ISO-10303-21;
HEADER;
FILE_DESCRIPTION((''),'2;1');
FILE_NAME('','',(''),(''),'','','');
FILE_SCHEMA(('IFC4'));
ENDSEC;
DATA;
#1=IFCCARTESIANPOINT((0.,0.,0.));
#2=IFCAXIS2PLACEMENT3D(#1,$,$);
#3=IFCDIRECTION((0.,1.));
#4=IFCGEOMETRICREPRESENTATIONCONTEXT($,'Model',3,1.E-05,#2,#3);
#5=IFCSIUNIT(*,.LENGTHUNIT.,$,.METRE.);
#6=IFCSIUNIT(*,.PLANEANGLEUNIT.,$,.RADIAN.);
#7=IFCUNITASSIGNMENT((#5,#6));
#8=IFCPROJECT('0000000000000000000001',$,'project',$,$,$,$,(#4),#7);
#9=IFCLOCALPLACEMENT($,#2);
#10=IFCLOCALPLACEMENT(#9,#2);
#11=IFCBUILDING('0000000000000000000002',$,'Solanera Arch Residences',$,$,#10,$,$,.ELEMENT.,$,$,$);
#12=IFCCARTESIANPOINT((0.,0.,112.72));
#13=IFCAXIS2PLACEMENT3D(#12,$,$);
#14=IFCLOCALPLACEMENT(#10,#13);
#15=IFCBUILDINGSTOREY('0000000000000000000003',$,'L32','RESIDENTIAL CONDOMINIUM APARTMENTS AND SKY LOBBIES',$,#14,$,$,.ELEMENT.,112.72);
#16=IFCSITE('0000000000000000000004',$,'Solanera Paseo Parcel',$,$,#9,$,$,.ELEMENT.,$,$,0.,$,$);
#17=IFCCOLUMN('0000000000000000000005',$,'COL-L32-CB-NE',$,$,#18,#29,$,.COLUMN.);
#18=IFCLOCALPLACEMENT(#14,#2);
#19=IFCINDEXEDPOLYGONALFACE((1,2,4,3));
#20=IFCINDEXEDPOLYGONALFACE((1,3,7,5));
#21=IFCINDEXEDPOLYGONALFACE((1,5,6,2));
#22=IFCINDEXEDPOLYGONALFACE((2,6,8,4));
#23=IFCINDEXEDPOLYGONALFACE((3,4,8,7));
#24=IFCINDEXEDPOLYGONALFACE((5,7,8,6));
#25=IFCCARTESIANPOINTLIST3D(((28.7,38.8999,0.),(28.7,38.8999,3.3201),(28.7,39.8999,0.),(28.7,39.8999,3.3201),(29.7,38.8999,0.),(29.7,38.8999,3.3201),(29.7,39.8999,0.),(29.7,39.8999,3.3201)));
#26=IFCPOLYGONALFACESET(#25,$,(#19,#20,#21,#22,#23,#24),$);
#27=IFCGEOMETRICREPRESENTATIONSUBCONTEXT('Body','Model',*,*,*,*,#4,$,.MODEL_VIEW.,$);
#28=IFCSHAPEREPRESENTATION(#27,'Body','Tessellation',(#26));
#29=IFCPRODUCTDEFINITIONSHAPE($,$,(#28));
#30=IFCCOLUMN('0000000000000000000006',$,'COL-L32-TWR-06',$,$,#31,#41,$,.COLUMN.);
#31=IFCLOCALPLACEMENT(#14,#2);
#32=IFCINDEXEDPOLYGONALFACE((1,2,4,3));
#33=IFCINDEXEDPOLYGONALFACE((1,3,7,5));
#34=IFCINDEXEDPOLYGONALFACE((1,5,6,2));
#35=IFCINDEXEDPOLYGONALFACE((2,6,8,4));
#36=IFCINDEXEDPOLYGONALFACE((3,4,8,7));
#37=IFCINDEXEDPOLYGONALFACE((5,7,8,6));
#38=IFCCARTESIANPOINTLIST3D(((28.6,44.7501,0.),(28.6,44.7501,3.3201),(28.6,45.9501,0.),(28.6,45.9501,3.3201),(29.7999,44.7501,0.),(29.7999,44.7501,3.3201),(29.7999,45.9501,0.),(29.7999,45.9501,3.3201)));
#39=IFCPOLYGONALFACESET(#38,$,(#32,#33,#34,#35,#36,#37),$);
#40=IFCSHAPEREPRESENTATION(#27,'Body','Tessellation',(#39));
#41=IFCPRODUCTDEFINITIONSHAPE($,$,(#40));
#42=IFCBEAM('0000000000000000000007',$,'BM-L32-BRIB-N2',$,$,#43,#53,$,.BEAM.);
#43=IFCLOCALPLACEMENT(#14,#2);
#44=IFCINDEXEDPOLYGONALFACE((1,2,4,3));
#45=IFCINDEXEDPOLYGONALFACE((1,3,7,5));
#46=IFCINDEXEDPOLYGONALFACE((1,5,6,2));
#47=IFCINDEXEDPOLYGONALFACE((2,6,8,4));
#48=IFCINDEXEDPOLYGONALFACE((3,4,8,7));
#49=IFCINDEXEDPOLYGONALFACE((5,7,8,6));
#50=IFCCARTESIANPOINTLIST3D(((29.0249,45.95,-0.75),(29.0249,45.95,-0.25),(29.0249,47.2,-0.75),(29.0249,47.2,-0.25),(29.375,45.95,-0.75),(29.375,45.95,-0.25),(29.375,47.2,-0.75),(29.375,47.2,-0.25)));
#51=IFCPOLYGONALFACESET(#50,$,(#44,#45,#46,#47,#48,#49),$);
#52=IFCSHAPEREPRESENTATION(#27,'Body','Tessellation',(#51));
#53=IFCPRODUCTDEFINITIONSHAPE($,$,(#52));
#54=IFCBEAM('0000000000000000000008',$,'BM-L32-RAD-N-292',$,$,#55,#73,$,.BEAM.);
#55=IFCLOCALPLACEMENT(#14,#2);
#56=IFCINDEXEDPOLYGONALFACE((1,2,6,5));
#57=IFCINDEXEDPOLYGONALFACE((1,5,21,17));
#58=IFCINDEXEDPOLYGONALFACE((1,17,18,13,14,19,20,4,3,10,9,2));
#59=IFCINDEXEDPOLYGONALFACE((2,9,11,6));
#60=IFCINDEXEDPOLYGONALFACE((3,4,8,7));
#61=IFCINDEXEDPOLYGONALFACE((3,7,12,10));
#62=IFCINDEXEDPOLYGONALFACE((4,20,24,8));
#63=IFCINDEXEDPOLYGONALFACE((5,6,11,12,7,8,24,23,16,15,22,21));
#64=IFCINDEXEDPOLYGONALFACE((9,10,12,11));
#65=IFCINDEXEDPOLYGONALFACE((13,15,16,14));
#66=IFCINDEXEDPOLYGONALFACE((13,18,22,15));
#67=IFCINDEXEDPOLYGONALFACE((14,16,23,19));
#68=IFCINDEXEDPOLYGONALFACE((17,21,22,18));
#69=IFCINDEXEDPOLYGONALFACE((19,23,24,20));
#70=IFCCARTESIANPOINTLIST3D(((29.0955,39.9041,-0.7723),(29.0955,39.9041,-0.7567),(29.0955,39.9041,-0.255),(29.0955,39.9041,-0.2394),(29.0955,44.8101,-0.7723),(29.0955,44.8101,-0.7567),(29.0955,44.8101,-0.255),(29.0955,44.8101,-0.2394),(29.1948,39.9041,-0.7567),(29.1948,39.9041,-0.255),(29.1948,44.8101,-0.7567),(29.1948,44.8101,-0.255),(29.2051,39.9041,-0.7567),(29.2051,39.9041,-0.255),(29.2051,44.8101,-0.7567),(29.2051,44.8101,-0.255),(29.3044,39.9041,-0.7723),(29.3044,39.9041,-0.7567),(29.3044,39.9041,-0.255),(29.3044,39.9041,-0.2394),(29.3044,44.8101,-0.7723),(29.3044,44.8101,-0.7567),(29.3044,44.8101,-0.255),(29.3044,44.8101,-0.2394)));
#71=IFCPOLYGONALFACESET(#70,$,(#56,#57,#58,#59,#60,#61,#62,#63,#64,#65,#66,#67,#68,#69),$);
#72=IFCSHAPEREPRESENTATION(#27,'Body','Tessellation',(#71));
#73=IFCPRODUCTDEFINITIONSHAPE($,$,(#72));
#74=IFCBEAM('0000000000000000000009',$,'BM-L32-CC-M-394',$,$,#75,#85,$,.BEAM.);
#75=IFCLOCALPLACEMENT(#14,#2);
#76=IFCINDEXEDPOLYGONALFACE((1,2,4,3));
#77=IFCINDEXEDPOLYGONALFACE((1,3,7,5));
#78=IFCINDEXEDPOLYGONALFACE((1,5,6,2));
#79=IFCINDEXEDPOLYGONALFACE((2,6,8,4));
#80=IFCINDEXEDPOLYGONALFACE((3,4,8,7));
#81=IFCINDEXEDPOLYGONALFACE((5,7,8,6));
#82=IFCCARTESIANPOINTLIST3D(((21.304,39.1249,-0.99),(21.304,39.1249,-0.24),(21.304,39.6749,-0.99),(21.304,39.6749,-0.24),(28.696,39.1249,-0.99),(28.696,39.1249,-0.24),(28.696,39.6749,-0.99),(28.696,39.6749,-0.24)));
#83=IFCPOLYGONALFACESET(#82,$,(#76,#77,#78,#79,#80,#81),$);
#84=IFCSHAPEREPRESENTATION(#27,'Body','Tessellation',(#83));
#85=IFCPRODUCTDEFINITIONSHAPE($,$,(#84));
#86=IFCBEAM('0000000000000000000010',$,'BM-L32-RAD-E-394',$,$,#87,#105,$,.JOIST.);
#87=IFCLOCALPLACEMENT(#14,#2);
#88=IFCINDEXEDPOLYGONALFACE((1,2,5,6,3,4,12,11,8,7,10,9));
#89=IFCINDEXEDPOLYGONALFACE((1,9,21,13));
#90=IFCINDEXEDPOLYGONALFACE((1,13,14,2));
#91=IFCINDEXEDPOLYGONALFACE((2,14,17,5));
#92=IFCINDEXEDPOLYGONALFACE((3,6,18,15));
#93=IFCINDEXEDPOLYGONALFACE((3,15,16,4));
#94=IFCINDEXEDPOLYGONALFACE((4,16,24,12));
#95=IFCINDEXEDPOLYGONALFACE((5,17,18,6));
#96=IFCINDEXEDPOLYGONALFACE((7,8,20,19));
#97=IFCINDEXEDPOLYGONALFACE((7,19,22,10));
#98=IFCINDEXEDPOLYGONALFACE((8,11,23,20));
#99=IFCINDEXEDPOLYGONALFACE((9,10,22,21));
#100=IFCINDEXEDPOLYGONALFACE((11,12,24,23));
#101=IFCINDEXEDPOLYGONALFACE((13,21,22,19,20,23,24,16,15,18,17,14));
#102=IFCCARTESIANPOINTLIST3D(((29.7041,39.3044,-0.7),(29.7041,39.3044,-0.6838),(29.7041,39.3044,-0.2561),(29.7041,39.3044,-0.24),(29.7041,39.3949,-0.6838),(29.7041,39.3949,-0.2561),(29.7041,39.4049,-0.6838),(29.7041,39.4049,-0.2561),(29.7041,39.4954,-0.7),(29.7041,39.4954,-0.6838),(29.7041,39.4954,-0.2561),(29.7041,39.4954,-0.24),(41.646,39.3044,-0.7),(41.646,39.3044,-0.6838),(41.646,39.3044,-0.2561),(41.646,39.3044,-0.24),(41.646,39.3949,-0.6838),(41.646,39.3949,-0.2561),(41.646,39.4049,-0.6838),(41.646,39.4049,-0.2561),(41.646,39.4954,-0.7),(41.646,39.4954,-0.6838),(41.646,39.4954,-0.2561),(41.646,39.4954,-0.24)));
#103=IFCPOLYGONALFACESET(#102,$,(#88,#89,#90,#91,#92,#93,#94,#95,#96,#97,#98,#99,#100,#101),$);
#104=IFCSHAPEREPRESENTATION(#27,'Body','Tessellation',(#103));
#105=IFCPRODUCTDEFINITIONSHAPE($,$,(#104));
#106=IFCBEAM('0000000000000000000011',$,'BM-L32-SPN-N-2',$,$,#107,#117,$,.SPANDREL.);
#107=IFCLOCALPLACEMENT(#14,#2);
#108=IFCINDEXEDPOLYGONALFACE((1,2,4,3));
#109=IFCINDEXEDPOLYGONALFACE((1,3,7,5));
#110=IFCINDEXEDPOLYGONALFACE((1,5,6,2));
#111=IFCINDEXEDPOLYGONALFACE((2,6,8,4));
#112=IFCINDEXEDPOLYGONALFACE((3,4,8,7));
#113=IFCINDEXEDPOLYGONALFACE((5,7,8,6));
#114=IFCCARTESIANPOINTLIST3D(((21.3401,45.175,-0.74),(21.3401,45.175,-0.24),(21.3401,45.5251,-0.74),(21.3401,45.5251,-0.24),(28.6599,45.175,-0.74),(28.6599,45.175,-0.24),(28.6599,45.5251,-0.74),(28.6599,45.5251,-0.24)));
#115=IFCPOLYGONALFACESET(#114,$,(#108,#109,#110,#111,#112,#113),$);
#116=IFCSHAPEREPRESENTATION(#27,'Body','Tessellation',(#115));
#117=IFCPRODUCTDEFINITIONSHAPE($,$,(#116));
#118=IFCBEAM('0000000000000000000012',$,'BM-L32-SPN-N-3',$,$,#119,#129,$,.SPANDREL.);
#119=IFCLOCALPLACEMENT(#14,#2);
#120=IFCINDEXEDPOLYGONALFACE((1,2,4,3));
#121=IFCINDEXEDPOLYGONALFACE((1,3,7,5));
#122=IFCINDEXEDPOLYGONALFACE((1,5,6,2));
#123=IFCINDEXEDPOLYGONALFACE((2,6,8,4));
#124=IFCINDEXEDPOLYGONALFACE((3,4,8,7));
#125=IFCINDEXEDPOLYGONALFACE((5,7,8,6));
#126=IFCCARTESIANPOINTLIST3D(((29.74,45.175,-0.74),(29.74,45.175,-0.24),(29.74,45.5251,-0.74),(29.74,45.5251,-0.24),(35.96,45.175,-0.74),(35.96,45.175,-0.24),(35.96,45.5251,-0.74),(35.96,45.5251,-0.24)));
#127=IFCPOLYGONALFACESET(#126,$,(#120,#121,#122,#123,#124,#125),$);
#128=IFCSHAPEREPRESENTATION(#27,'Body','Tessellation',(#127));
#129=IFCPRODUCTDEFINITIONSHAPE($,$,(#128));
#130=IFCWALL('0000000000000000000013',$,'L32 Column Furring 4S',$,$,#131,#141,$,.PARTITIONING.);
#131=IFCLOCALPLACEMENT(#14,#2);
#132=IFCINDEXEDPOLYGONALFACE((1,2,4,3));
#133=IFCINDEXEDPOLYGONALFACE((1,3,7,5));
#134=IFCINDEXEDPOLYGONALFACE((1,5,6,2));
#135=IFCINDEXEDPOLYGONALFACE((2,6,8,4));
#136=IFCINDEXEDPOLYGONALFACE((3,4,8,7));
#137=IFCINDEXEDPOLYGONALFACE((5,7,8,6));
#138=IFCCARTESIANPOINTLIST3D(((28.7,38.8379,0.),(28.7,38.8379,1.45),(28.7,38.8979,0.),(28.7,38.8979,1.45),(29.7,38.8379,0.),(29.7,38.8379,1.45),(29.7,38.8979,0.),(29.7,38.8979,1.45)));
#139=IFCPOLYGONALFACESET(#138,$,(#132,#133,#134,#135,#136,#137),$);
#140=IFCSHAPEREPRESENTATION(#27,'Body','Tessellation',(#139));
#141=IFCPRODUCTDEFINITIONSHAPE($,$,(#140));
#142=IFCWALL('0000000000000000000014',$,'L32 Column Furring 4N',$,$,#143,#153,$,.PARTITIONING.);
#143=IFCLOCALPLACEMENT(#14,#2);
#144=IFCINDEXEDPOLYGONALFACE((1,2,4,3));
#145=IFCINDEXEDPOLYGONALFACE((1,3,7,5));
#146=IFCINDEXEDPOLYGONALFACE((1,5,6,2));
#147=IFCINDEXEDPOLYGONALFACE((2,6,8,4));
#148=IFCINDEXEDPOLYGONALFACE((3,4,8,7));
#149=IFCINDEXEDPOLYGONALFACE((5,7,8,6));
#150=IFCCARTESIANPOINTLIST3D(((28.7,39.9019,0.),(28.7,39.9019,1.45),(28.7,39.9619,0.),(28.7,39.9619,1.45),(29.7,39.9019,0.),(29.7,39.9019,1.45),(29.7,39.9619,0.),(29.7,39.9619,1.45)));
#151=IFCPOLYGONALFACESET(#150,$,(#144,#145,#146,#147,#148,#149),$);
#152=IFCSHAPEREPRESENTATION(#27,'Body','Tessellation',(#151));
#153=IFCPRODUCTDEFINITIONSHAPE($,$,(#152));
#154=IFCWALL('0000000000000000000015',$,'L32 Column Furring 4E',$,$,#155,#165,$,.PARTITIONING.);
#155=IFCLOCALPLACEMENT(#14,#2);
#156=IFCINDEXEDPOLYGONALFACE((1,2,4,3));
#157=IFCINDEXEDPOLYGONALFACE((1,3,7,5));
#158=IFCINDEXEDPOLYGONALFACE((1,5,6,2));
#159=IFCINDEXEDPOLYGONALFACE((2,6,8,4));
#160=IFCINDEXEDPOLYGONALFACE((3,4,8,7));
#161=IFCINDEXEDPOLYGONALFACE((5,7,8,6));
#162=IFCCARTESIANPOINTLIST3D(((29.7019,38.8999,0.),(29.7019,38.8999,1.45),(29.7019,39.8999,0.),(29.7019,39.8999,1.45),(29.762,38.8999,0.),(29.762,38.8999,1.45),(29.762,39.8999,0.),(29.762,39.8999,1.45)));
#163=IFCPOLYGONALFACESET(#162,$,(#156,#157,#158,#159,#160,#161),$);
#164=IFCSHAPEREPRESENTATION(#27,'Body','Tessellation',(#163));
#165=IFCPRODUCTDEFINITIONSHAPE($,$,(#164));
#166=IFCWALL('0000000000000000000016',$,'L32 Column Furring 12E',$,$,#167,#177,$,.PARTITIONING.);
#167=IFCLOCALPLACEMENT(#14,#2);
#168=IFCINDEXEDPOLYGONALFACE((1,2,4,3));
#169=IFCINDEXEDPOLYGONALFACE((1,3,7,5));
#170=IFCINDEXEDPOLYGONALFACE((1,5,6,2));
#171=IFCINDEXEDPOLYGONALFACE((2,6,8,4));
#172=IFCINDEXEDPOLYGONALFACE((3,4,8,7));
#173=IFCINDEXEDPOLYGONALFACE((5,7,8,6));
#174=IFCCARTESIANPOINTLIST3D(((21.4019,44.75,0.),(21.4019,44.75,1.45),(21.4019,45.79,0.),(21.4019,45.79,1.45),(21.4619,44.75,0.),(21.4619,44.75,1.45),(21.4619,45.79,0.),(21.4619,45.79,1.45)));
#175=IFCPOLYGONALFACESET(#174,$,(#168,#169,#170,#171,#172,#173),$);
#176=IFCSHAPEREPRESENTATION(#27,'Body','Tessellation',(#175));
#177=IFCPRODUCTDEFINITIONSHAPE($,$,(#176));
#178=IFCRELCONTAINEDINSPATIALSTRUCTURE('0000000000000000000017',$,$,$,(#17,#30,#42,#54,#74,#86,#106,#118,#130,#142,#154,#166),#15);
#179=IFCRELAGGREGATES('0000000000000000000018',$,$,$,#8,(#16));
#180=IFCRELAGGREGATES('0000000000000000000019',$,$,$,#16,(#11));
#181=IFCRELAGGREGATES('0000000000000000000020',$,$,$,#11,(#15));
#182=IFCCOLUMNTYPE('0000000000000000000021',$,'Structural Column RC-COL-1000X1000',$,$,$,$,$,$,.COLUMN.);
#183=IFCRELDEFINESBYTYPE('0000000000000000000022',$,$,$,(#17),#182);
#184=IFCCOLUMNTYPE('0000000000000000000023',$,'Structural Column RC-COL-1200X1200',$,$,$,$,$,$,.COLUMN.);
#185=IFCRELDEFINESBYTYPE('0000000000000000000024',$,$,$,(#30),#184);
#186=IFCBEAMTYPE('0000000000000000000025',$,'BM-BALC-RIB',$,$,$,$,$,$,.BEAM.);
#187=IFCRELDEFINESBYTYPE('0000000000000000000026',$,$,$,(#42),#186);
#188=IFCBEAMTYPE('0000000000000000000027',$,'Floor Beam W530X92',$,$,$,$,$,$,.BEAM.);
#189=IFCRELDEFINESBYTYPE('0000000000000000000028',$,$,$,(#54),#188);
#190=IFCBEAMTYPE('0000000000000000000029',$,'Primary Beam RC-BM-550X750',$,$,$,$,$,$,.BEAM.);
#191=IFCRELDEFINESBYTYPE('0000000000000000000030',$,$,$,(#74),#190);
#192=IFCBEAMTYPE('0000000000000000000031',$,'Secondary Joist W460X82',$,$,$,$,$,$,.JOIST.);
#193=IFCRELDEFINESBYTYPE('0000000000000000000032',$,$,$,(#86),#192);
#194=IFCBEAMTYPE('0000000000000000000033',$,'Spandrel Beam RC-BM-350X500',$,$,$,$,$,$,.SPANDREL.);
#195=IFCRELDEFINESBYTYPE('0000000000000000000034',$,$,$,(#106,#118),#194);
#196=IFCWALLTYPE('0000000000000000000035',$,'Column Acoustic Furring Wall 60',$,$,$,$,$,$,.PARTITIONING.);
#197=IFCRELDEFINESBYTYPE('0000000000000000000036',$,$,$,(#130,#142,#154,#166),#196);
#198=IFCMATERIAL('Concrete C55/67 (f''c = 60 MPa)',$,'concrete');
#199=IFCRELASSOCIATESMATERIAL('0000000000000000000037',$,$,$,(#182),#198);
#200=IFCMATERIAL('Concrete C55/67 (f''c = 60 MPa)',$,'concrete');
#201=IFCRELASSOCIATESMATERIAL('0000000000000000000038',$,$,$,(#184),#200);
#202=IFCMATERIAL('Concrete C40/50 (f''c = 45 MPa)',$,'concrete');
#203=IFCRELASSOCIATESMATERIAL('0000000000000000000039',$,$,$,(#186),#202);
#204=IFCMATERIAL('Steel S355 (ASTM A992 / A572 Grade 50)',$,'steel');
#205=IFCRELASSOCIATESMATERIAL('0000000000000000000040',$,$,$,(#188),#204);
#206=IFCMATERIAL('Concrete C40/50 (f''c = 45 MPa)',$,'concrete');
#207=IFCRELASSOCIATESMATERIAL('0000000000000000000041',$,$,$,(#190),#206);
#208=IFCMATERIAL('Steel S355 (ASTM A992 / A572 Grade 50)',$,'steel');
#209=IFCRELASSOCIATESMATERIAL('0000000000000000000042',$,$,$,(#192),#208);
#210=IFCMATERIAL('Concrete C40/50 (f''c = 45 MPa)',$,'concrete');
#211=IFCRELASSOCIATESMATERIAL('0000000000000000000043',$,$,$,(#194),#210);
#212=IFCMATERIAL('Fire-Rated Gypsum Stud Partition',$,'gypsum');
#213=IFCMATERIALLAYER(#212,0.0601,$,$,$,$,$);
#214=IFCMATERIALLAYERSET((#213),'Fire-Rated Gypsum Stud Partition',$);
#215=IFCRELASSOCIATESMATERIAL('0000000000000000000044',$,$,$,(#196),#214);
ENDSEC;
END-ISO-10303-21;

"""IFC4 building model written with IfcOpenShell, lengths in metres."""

from ifc_helpers import new_model, si_unit, direction, frame, frame_2d, origin, origin_2d, place, context, subcontext, project, spatial, rectangle, i_section, extrude, material, layer, layer_set, material_profile, profile_set, type_object, element, save


model = new_model("IFC4")

# Units and contexts
model_context = context("Model", 3, precision=1e-05, world=origin(), true_north=direction((0.0, 1.0)))
body_context = subcontext(model_context, "Body", "Model", "MODEL_VIEW")
ifc_project = project(units=[si_unit("LENGTHUNIT", "METRE"), si_unit("PLANEANGLEUNIT", "RADIAN")], contexts=[model_context])

# Site, building, storey
site_placement = place(None, origin())
site = spatial("IfcSite", under=ifc_project, at=site_placement, Name="Solanera Paseo Parcel", CompositionType="ELEMENT", RefElevation=0.0)
building_placement = place(site_placement, origin())
building = spatial("IfcBuilding", under=site, at=building_placement, Name="Solanera Arch Residences", CompositionType="ELEMENT")
storey_placement = place(building_placement, frame((0.0, 0.0, 112.72)))
storey = spatial("IfcBuildingStorey", under=building, at=storey_placement, Name="L32", Description="RESIDENTIAL CONDOMINIUM APARTMENTS AND SKY LOBBIES", CompositionType="ELEMENT", Elevation=112.72)

# Columns
ifc_material_1 = material(Name="Concrete C55/67 (f'c = 60 MPa)", Category="concrete")
ifc_material_profile_1 = material_profile(ifc_material_1, rectangle(XDim=1.0, YDim=1.0, at=origin_2d()))
ifc_profile_set_1 = profile_set([ifc_material_profile_1], Name="Concrete C55/67 (f'c = 60 MPa)")
column_type_1 = type_object("IfcColumnType", Name="Structural Column RC-COL-1000X1000", PredefinedType="COLUMN", material=ifc_profile_set_1)
column_1_placement = place(storey_placement, frame((29.2, 39.3999, 0.0), z_axis=(0.0, 0.0, 1.0), x_axis=(1.0, 0.0, 0.0)))
element("IfcColumn", 1, at=column_1_placement, inside=storey, type_object=column_type_1, Name="COL-L32-CB-NE", PredefinedType="COLUMN", context=body_context, shape_type="SweptSolid", body=[
    extrude(rectangle(XDim=1.0, YDim=1.0, at=origin_2d()), origin(), (0.0, 0.0, 1.0), 3.3201),
])
ifc_material_2 = material(Name="Concrete C55/67 (f'c = 60 MPa)", Category="concrete")
ifc_material_profile_2 = material_profile(ifc_material_2, rectangle(XDim=1.2, YDim=1.2, at=origin_2d()))
ifc_profile_set_2 = profile_set([ifc_material_profile_2], Name="Concrete C55/67 (f'c = 60 MPa)")
column_type_2 = type_object("IfcColumnType", Name="Structural Column RC-COL-1200X1200", PredefinedType="COLUMN", material=ifc_profile_set_2)
column_2_placement = place(storey_placement, frame((29.2, 45.3501, 0.0), z_axis=(0.0, 0.0, 1.0), x_axis=(1.0, 0.0, 0.0)))
element("IfcColumn", 2, at=column_2_placement, inside=storey, type_object=column_type_2, Name="COL-L32-TWR-06", PredefinedType="COLUMN", context=body_context, shape_type="SweptSolid", body=[
    extrude(rectangle(XDim=1.2, YDim=1.2, at=origin_2d()), origin(), (0.0, 0.0, 1.0), 3.3201),
])

# Beams
ifc_material_3 = material(Name="Concrete C40/50 (f'c = 45 MPa)", Category="concrete")
ifc_material_profile_3 = material_profile(ifc_material_3, rectangle(XDim=0.3501, YDim=0.5, at=origin_2d()))
ifc_profile_set_3 = profile_set([ifc_material_profile_3], Name="Concrete C40/50 (f'c = 45 MPa)")
beam_type_1 = type_object("IfcBeamType", Name="BM-BALC-RIB", PredefinedType="BEAM", material=ifc_profile_set_3)
beam_1_placement = place(storey_placement, frame((29.2, 45.95, -0.5), z_axis=(0.0, 1.0, 0.0), x_axis=(-1.0, 0.0, 0.0)))
element("IfcBeam", 3, at=beam_1_placement, inside=storey, type_object=beam_type_1, Name="BM-L32-BRIB-N2", PredefinedType="BEAM", context=body_context, shape_type="SweptSolid", body=[
    extrude(rectangle(XDim=0.3501, YDim=0.5, at=origin_2d()), origin(), (0.0, 0.0, 1.0), 1.25),
])
ifc_material_4 = material(Name="Steel S355 (ASTM A992 / A572 Grade 50)", Category="steel")
ifc_material_profile_4 = material_profile(ifc_material_4, i_section(OverallWidth=0.209, OverallDepth=0.533, WebThickness=0.0103, FlangeThickness=0.0156, at=origin_2d()))
ifc_profile_set_4 = profile_set([ifc_material_profile_4], Name="Steel S355 (ASTM A992 / A572 Grade 50)")
beam_type_2 = type_object("IfcBeamType", Name="Floor Beam W530X92", PredefinedType="BEAM", material=ifc_profile_set_4)
beam_2_placement = place(storey_placement, frame((29.2, 39.9041, -0.5059), z_axis=(0.0, 1.0, 0.0), x_axis=(-1.0, 0.0, 0.0)))
element("IfcBeam", 4, at=beam_2_placement, inside=storey, type_object=beam_type_2, Name="BM-L32-RAD-N-292", PredefinedType="BEAM", context=body_context, shape_type="SweptSolid", body=[
    extrude(i_section(OverallWidth=0.209, OverallDepth=0.533, WebThickness=0.0103, FlangeThickness=0.0156, at=origin_2d()), origin(), (0.0, 0.0, 1.0), 4.906),
])
ifc_material_5 = material(Name="Concrete C40/50 (f'c = 45 MPa)", Category="concrete")
ifc_material_profile_5 = material_profile(ifc_material_5, rectangle(XDim=0.55, YDim=0.75, at=origin_2d()))
ifc_profile_set_5 = profile_set([ifc_material_profile_5], Name="Concrete C40/50 (f'c = 45 MPa)")
beam_type_3 = type_object("IfcBeamType", Name="Primary Beam RC-BM-550X750", PredefinedType="BEAM", material=ifc_profile_set_5)
beam_3_placement = place(storey_placement, frame((21.304, 39.3999, -0.615), z_axis=(1.0, 0.0, 0.0), x_axis=(0.0, 1.0, 0.0)))
element("IfcBeam", 5, at=beam_3_placement, inside=storey, type_object=beam_type_3, Name="BM-L32-CC-M-394", PredefinedType="BEAM", context=body_context, shape_type="SweptSolid", body=[
    extrude(rectangle(XDim=0.55, YDim=0.75, at=origin_2d()), origin(), (0.0, 0.0, 1.0), 7.3921),
])
ifc_material_6 = material(Name="Steel S355 (ASTM A992 / A572 Grade 50)", Category="steel")
ifc_material_profile_6 = material_profile(ifc_material_6, i_section(OverallWidth=0.1909, OverallDepth=0.46, WebThickness=0.01, FlangeThickness=0.0161, at=origin_2d()))
ifc_profile_set_6 = profile_set([ifc_material_profile_6], Name="Steel S355 (ASTM A992 / A572 Grade 50)")
beam_type_4 = type_object("IfcBeamType", Name="Secondary Joist W460X82", PredefinedType="JOIST", material=ifc_profile_set_6)
beam_4_placement = place(storey_placement, frame((29.7041, 39.3999, -0.47), z_axis=(1.0, 0.0, 0.0), x_axis=(0.0, 1.0, 0.0)))
element("IfcBeam", 6, at=beam_4_placement, inside=storey, type_object=beam_type_4, Name="BM-L32-RAD-E-394", PredefinedType="JOIST", context=body_context, shape_type="SweptSolid", body=[
    extrude(i_section(OverallWidth=0.1909, OverallDepth=0.46, WebThickness=0.01, FlangeThickness=0.0161, at=origin_2d()), origin(), (0.0, 0.0, 1.0), 11.9419),
])
ifc_material_7 = material(Name="Concrete C40/50 (f'c = 45 MPa)", Category="concrete")
ifc_material_profile_7 = material_profile(ifc_material_7, rectangle(XDim=0.3501, YDim=0.5, at=origin_2d()))
ifc_profile_set_7 = profile_set([ifc_material_profile_7], Name="Concrete C40/50 (f'c = 45 MPa)")
beam_type_5 = type_object("IfcBeamType", Name="Spandrel Beam RC-BM-350X500", PredefinedType="SPANDREL", material=ifc_profile_set_7)
beam_5_placement = place(storey_placement, frame((21.3401, 45.3501, -0.49), z_axis=(1.0, 0.0, 0.0), x_axis=(0.0, 1.0, 0.0)))
element("IfcBeam", 7, at=beam_5_placement, inside=storey, type_object=beam_type_5, Name="BM-L32-SPN-N-2", PredefinedType="SPANDREL", context=body_context, shape_type="SweptSolid", body=[
    extrude(rectangle(XDim=0.3501, YDim=0.5, at=origin_2d()), origin(), (0.0, 0.0, 1.0), 7.3198),
])
beam_6_placement = place(storey_placement, frame((29.74, 45.3501, -0.49), z_axis=(1.0, 0.0, 0.0), x_axis=(0.0, 1.0, 0.0)))
element("IfcBeam", 8, at=beam_6_placement, inside=storey, type_object=beam_type_5, Name="BM-L32-SPN-N-3", PredefinedType="SPANDREL", context=body_context, shape_type="SweptSolid", body=[
    extrude(rectangle(XDim=0.3501, YDim=0.5, at=origin_2d()), origin(), (0.0, 0.0, 1.0), 6.22),
])

# Walls
ifc_material_8 = material(Name="Fire-Rated Gypsum Stud Partition", Category="gypsum")
ifc_layer_1 = layer(ifc_material_8, 0.0601)
ifc_layer_set_1 = layer_set([ifc_layer_1], Name="Fire-Rated Gypsum Stud Partition")
wall_type_1 = type_object("IfcWallType", Name="Column Acoustic Furring Wall 60", PredefinedType="PARTITIONING", material=ifc_layer_set_1)
for number, where, z_axis, x_axis, name in (
    (9, (28.7, 38.8679, 0.0), (0.0, 0.0, 1.0), (1.0, 0.0, 0.0), "L32 Column Furring 4S"),
    (10, (28.7, 39.9319, 0.0), (0.0, 0.0, 1.0), (1.0, 0.0, 0.0), "L32 Column Furring 4N"),
    (11, (29.7319, 38.8999, 0.0), (0.0, 0.0, 1.0), (0.0, 1.0, 0.0), "L32 Column Furring 4E"),
):
    element("IfcWall", number, at=place(storey_placement, frame(where, z_axis=z_axis, x_axis=x_axis)), inside=storey, type_object=wall_type_1, Name=name, PredefinedType="PARTITIONING", context=body_context, shape_type="SweptSolid", body=[
        extrude(rectangle(XDim=1.0, YDim=0.0601, at=frame_2d((0.5, 0.0))), origin(), (0.0, 0.0, 1.0), 1.45),
    ])
wall_1_placement = place(storey_placement, frame((21.4319, 44.75, 0.0), z_axis=(0.0, 0.0, 1.0), x_axis=(0.0, 1.0, 0.0)))
element("IfcWall", 12, at=wall_1_placement, inside=storey, type_object=wall_type_1, Name="L32 Column Furring 12E", PredefinedType="PARTITIONING", context=body_context, shape_type="SweptSolid", body=[
    extrude(rectangle(XDim=1.04, YDim=0.0601, at=frame_2d((0.52, 0.0))), origin(), (0.0, 0.0, 1.0), 1.45),
])

save(model, "model.ifc")
